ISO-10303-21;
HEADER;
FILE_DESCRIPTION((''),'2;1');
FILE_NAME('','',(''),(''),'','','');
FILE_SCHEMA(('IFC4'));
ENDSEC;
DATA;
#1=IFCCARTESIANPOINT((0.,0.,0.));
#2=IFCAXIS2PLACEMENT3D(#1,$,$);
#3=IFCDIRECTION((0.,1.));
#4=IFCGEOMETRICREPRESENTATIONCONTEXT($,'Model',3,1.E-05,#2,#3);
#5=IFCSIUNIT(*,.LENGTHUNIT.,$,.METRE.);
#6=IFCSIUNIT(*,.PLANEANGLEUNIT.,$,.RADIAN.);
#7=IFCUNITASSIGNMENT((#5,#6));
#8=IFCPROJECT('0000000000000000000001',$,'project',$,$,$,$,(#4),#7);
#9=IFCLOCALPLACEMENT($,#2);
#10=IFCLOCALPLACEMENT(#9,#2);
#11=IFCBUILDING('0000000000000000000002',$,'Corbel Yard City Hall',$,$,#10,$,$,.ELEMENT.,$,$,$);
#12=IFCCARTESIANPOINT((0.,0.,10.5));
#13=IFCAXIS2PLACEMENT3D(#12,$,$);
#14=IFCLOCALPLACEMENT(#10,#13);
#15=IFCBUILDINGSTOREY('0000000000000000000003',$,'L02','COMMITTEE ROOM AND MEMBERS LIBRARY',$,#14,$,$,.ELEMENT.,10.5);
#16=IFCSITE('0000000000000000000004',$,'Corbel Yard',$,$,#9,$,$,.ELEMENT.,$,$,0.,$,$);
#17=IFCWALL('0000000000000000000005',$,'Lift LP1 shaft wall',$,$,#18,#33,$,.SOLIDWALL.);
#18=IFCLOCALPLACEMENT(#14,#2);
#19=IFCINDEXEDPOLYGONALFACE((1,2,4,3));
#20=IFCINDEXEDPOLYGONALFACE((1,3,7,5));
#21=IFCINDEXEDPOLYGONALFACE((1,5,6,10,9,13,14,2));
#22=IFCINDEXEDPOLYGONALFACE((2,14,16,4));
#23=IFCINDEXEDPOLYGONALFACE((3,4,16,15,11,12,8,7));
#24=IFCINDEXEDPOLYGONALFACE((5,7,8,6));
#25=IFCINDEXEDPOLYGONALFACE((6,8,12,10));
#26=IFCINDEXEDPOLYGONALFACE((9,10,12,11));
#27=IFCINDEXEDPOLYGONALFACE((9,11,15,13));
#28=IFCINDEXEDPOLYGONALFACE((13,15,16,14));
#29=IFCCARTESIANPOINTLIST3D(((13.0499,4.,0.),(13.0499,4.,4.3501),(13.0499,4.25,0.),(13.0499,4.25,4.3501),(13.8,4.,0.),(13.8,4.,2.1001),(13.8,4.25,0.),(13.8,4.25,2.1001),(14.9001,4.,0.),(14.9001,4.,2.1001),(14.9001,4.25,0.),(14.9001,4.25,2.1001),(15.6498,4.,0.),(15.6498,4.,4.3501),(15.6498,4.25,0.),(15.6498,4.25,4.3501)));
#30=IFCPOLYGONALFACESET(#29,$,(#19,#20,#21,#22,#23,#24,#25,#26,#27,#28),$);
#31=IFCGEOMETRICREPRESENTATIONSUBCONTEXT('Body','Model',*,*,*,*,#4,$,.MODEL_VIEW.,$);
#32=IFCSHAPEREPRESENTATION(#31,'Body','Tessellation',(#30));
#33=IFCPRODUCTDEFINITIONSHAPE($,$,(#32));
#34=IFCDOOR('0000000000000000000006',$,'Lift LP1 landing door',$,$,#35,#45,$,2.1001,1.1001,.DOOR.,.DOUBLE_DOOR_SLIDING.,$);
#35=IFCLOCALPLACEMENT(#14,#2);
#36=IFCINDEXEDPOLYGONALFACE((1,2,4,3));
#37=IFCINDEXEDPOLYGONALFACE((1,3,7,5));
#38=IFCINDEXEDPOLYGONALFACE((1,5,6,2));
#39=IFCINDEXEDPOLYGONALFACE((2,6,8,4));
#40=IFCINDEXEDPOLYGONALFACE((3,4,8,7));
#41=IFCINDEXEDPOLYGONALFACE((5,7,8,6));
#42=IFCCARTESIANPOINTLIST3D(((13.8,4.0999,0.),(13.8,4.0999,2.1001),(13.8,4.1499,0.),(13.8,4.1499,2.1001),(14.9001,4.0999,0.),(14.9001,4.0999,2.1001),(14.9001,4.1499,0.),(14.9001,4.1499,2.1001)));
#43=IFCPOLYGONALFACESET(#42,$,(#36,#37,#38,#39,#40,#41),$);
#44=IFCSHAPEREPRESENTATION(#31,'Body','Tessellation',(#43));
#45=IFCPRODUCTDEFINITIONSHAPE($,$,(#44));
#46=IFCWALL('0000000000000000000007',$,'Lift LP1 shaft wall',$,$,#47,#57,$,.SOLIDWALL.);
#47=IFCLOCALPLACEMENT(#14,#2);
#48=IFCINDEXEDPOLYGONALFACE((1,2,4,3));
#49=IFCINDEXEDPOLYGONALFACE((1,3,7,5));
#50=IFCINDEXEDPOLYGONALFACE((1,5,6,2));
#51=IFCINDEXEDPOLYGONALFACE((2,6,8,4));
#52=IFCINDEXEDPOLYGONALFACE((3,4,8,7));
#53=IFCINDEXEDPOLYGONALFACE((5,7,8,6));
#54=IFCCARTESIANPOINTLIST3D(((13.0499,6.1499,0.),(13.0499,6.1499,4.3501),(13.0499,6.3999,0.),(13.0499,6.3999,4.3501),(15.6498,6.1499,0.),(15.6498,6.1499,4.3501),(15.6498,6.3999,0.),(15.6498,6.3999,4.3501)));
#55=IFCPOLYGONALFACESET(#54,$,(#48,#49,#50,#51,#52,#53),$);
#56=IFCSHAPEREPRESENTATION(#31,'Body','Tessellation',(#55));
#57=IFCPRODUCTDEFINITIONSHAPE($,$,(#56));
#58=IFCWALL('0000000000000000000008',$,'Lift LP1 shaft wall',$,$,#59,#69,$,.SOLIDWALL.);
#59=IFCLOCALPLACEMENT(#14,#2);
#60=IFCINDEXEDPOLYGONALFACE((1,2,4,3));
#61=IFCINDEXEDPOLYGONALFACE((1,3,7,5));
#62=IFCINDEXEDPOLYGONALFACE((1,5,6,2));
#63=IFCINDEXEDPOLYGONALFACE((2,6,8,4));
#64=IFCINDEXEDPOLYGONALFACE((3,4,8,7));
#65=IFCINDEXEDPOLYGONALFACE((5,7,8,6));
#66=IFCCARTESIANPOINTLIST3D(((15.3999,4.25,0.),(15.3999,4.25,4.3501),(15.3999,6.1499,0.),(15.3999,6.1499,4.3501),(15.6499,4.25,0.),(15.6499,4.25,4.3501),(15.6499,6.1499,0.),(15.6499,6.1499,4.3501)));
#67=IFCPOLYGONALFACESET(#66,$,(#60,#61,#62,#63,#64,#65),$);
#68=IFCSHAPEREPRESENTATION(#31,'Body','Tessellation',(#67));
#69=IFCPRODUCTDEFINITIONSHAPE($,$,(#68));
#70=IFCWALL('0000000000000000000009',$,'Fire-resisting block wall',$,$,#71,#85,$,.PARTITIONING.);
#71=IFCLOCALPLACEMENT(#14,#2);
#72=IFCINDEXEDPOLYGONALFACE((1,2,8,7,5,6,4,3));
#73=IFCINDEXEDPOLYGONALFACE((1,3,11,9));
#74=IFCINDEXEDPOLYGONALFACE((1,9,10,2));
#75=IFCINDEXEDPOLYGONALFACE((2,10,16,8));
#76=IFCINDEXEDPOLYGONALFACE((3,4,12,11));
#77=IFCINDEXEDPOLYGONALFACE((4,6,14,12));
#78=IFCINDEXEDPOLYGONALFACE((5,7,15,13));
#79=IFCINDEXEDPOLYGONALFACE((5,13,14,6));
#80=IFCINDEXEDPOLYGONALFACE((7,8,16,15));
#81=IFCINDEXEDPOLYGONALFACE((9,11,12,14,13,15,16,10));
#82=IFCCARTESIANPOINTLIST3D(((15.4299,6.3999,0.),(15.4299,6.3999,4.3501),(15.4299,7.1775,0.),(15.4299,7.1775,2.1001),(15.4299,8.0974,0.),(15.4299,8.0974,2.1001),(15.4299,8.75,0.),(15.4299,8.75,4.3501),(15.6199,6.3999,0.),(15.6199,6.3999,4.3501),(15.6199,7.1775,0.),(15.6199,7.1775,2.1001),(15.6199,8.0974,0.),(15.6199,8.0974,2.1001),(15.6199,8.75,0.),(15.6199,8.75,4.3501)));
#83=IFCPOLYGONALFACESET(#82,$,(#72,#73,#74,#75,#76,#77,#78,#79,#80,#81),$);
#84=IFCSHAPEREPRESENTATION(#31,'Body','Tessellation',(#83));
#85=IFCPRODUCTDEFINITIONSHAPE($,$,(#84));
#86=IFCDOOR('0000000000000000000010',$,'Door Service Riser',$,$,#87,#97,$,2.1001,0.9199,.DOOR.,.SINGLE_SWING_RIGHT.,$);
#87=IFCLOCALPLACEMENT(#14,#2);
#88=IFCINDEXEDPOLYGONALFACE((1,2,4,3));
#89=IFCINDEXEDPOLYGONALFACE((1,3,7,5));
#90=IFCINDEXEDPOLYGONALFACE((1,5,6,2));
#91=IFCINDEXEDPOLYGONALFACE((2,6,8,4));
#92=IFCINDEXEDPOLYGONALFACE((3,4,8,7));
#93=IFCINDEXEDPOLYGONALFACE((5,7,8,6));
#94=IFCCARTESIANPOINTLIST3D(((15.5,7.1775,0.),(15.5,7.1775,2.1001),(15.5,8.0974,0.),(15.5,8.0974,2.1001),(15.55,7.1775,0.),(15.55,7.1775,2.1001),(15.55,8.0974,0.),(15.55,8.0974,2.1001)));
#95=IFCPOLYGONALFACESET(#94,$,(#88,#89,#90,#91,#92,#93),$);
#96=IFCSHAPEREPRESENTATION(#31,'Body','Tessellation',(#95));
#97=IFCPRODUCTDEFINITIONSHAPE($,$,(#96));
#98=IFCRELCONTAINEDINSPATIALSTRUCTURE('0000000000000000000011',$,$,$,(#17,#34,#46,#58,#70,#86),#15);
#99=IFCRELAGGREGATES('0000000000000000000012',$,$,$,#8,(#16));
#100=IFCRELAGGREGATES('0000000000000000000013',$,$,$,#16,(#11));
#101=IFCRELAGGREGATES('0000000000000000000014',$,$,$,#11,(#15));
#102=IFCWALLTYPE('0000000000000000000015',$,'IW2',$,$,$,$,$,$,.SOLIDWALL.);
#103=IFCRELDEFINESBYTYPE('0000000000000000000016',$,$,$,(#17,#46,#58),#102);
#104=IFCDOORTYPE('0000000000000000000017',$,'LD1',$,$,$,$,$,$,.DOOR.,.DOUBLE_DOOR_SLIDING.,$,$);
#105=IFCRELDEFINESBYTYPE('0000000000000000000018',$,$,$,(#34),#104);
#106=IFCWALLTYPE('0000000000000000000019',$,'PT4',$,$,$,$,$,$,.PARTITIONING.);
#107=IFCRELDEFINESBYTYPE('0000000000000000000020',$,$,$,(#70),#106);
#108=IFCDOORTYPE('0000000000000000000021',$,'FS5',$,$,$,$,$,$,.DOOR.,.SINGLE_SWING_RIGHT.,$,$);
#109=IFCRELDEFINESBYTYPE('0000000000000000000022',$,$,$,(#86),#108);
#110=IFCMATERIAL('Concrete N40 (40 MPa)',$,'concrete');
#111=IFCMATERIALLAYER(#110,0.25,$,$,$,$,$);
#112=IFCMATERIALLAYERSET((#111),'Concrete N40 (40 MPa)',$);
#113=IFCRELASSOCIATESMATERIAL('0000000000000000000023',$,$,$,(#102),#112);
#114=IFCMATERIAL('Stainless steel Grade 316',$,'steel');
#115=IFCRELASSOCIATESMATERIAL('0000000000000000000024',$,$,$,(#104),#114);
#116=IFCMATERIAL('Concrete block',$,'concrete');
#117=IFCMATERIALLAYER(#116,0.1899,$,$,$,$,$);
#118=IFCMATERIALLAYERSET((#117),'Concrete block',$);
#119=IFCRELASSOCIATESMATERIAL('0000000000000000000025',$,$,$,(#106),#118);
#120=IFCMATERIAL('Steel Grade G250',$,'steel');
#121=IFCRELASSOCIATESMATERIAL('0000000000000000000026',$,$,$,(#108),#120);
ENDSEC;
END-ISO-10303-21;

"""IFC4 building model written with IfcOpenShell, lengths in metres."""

from ifc_helpers import new_model, si_unit, direction, frame, frame_2d, origin, place, context, subcontext, project, spatial, rectangle, extrude, material, layer, layer_set, type_object, element, fill, save


model = new_model("IFC4")

# Units and contexts
model_context = context("Model", 3, precision=1e-05, world=origin(), true_north=direction((0.0, 1.0)))
body_context = subcontext(model_context, "Body", "Model", "MODEL_VIEW")
ifc_project = project(units=[si_unit("LENGTHUNIT", "METRE"), si_unit("PLANEANGLEUNIT", "RADIAN")], contexts=[model_context])

# Site, building, storey
site_placement = place(None, origin())
site = spatial("IfcSite", under=ifc_project, at=site_placement, Name="Corbel Yard", CompositionType="ELEMENT", RefElevation=0.0)
building_placement = place(site_placement, origin())
building = spatial("IfcBuilding", under=site, at=building_placement, Name="Corbel Yard City Hall", CompositionType="ELEMENT")
storey_placement = place(building_placement, frame((0.0, 0.0, 10.5)))
storey = spatial("IfcBuildingStorey", under=building, at=storey_placement, Name="L02", Description="COMMITTEE ROOM AND MEMBERS LIBRARY", CompositionType="ELEMENT", Elevation=10.5)

# Shared definitions
ifc_material_1 = material(Name="Steel Grade G250", Category="steel")

# Wall, opening, door
ifc_material_2 = material(Name="Concrete N40 (40 MPa)", Category="concrete")
ifc_layer_1 = layer(ifc_material_2, 0.25)
ifc_layer_set_1 = layer_set([ifc_layer_1], Name="Concrete N40 (40 MPa)")
wall_type_1 = type_object("IfcWallType", Name="IW2", PredefinedType="SOLIDWALL", material=ifc_layer_set_1)
wall_1_placement = place(storey_placement, frame((13.05, 4.125, 0.0), z_axis=(0.0, 0.0, 1.0), x_axis=(1.0, 0.0, 0.0)))
wall_1 = element("IfcWall", 1, at=wall_1_placement, inside=storey, type_object=wall_type_1, Name="Lift LP1 shaft wall", PredefinedType="SOLIDWALL", context=body_context, shape_type="SweptSolid", body=[
    extrude(rectangle(XDim=2.5999, YDim=0.25, at=frame_2d((1.2998, 0.0))), origin(), (0.0, 0.0, 1.0), 4.3501),
])
opening_1_placement = place(wall_1_placement, frame((0.75, 0.0, 0.0)))
opening_1 = element("IfcOpeningElement", 2, at=opening_1_placement, cuts=wall_1, PredefinedType="OPENING", context=body_context, shape_type="SweptSolid", body=[
    extrude(rectangle(XDim=1.1001, YDim=2.1001, at=frame_2d((0.55, 1.05))), frame((0.0, 0.135, 0.0), z_axis=(0.0, -1.0, 0.0), x_axis=(1.0, 0.0, 0.0)), (0.0, 0.0, 1.0), 0.27),
])
ifc_material_3 = material(Name="Stainless steel Grade 316", Category="steel")
door_type_1 = type_object("IfcDoorType", Name="LD1", OperationType="DOUBLE_DOOR_SLIDING", PredefinedType="DOOR", material=ifc_material_3)
door_1_placement = place(opening_1_placement, origin())
door_1 = element("IfcDoor", 3, at=door_1_placement, inside=storey, type_object=door_type_1, Name="Lift LP1 landing door", OperationType="DOUBLE_DOOR_SLIDING", OverallHeight=2.1001, OverallWidth=1.1001, PredefinedType="DOOR", context=body_context, shape_type="SweptSolid", body=[
    extrude(rectangle(XDim=1.1001, YDim=2.1001, at=frame_2d((0.55, 1.05))), frame((0.0, 0.0249, 0.0), z_axis=(0.0, -1.0, 0.0), x_axis=(1.0, 0.0, 0.0)), (0.0, 0.0, 1.0), 0.05),
])
fill(opening_1, door_1)

# Walls
wall_2_placement = place(storey_placement, frame((13.05, 6.2749, 0.0), z_axis=(0.0, 0.0, 1.0), x_axis=(1.0, 0.0, 0.0)))
element("IfcWall", 4, at=wall_2_placement, inside=storey, type_object=wall_type_1, Name="Lift LP1 shaft wall", PredefinedType="SOLIDWALL", context=body_context, shape_type="SweptSolid", body=[
    extrude(rectangle(XDim=2.5999, YDim=0.25, at=frame_2d((1.2998, 0.0))), origin(), (0.0, 0.0, 1.0), 4.3501),
])
wall_3_placement = place(storey_placement, frame((15.5249, 4.25, 0.0), z_axis=(0.0, 0.0, 1.0), x_axis=(0.0, 1.0, 0.0)))
element("IfcWall", 5, at=wall_3_placement, inside=storey, type_object=wall_type_1, Name="Lift LP1 shaft wall", PredefinedType="SOLIDWALL", context=body_context, shape_type="SweptSolid", body=[
    extrude(rectangle(XDim=1.8999, YDim=0.25, at=frame_2d((0.95, 0.0))), origin(), (0.0, 0.0, 1.0), 4.3501),
])

# Wall, opening, door
ifc_material_4 = material(Name="Concrete block", Category="concrete")
ifc_layer_2 = layer(ifc_material_4, 0.1899)
ifc_layer_set_2 = layer_set([ifc_layer_2], Name="Concrete block")
wall_type_2 = type_object("IfcWallType", Name="PT4", PredefinedType="PARTITIONING", material=ifc_layer_set_2)
wall_4_placement = place(storey_placement, frame((15.5249, 6.3999, 0.0), z_axis=(0.0, 0.0, 1.0), x_axis=(0.0, 1.0, 0.0)))
wall_4 = element("IfcWall", 6, at=wall_4_placement, inside=storey, type_object=wall_type_2, Name="Fire-resisting block wall", PredefinedType="PARTITIONING", context=body_context, shape_type="SweptSolid", body=[
    extrude(rectangle(XDim=2.3501, YDim=0.1899, at=frame_2d((1.175, 0.0))), origin(), (0.0, 0.0, 1.0), 4.3501),
])
opening_2_placement = place(wall_4_placement, frame((0.7776, 0.0, 0.0)))
opening_2 = element("IfcOpeningElement", 7, at=opening_2_placement, cuts=wall_4, PredefinedType="OPENING", context=body_context, shape_type="SweptSolid", body=[
    extrude(rectangle(XDim=0.9199, YDim=2.1001, at=frame_2d((0.46, 1.05))), frame((0.0, 0.105, 0.0), z_axis=(0.0, -1.0, 0.0), x_axis=(1.0, 0.0, 0.0)), (0.0, 0.0, 1.0), 0.21),
])
door_type_2 = type_object("IfcDoorType", Name="FS5", OperationType="SINGLE_SWING_RIGHT", PredefinedType="DOOR", material=ifc_material_1)
door_2_placement = place(opening_2_placement, origin())
door_2 = element("IfcDoor", 8, at=door_2_placement, inside=storey, type_object=door_type_2, Name="Door Service Riser", OperationType="SINGLE_SWING_RIGHT", OverallHeight=2.1001, OverallWidth=0.9199, PredefinedType="DOOR", context=body_context, shape_type="SweptSolid", body=[
    extrude(rectangle(XDim=0.9199, YDim=2.1001, at=frame_2d((0.46, 1.05))), frame((0.0, 0.0249, 0.0), z_axis=(0.0, -1.0, 0.0), x_axis=(1.0, 0.0, 0.0)), (0.0, 0.0, 1.0), 0.05),
])
fill(opening_2, door_2)

save(model, "model.ifc")
